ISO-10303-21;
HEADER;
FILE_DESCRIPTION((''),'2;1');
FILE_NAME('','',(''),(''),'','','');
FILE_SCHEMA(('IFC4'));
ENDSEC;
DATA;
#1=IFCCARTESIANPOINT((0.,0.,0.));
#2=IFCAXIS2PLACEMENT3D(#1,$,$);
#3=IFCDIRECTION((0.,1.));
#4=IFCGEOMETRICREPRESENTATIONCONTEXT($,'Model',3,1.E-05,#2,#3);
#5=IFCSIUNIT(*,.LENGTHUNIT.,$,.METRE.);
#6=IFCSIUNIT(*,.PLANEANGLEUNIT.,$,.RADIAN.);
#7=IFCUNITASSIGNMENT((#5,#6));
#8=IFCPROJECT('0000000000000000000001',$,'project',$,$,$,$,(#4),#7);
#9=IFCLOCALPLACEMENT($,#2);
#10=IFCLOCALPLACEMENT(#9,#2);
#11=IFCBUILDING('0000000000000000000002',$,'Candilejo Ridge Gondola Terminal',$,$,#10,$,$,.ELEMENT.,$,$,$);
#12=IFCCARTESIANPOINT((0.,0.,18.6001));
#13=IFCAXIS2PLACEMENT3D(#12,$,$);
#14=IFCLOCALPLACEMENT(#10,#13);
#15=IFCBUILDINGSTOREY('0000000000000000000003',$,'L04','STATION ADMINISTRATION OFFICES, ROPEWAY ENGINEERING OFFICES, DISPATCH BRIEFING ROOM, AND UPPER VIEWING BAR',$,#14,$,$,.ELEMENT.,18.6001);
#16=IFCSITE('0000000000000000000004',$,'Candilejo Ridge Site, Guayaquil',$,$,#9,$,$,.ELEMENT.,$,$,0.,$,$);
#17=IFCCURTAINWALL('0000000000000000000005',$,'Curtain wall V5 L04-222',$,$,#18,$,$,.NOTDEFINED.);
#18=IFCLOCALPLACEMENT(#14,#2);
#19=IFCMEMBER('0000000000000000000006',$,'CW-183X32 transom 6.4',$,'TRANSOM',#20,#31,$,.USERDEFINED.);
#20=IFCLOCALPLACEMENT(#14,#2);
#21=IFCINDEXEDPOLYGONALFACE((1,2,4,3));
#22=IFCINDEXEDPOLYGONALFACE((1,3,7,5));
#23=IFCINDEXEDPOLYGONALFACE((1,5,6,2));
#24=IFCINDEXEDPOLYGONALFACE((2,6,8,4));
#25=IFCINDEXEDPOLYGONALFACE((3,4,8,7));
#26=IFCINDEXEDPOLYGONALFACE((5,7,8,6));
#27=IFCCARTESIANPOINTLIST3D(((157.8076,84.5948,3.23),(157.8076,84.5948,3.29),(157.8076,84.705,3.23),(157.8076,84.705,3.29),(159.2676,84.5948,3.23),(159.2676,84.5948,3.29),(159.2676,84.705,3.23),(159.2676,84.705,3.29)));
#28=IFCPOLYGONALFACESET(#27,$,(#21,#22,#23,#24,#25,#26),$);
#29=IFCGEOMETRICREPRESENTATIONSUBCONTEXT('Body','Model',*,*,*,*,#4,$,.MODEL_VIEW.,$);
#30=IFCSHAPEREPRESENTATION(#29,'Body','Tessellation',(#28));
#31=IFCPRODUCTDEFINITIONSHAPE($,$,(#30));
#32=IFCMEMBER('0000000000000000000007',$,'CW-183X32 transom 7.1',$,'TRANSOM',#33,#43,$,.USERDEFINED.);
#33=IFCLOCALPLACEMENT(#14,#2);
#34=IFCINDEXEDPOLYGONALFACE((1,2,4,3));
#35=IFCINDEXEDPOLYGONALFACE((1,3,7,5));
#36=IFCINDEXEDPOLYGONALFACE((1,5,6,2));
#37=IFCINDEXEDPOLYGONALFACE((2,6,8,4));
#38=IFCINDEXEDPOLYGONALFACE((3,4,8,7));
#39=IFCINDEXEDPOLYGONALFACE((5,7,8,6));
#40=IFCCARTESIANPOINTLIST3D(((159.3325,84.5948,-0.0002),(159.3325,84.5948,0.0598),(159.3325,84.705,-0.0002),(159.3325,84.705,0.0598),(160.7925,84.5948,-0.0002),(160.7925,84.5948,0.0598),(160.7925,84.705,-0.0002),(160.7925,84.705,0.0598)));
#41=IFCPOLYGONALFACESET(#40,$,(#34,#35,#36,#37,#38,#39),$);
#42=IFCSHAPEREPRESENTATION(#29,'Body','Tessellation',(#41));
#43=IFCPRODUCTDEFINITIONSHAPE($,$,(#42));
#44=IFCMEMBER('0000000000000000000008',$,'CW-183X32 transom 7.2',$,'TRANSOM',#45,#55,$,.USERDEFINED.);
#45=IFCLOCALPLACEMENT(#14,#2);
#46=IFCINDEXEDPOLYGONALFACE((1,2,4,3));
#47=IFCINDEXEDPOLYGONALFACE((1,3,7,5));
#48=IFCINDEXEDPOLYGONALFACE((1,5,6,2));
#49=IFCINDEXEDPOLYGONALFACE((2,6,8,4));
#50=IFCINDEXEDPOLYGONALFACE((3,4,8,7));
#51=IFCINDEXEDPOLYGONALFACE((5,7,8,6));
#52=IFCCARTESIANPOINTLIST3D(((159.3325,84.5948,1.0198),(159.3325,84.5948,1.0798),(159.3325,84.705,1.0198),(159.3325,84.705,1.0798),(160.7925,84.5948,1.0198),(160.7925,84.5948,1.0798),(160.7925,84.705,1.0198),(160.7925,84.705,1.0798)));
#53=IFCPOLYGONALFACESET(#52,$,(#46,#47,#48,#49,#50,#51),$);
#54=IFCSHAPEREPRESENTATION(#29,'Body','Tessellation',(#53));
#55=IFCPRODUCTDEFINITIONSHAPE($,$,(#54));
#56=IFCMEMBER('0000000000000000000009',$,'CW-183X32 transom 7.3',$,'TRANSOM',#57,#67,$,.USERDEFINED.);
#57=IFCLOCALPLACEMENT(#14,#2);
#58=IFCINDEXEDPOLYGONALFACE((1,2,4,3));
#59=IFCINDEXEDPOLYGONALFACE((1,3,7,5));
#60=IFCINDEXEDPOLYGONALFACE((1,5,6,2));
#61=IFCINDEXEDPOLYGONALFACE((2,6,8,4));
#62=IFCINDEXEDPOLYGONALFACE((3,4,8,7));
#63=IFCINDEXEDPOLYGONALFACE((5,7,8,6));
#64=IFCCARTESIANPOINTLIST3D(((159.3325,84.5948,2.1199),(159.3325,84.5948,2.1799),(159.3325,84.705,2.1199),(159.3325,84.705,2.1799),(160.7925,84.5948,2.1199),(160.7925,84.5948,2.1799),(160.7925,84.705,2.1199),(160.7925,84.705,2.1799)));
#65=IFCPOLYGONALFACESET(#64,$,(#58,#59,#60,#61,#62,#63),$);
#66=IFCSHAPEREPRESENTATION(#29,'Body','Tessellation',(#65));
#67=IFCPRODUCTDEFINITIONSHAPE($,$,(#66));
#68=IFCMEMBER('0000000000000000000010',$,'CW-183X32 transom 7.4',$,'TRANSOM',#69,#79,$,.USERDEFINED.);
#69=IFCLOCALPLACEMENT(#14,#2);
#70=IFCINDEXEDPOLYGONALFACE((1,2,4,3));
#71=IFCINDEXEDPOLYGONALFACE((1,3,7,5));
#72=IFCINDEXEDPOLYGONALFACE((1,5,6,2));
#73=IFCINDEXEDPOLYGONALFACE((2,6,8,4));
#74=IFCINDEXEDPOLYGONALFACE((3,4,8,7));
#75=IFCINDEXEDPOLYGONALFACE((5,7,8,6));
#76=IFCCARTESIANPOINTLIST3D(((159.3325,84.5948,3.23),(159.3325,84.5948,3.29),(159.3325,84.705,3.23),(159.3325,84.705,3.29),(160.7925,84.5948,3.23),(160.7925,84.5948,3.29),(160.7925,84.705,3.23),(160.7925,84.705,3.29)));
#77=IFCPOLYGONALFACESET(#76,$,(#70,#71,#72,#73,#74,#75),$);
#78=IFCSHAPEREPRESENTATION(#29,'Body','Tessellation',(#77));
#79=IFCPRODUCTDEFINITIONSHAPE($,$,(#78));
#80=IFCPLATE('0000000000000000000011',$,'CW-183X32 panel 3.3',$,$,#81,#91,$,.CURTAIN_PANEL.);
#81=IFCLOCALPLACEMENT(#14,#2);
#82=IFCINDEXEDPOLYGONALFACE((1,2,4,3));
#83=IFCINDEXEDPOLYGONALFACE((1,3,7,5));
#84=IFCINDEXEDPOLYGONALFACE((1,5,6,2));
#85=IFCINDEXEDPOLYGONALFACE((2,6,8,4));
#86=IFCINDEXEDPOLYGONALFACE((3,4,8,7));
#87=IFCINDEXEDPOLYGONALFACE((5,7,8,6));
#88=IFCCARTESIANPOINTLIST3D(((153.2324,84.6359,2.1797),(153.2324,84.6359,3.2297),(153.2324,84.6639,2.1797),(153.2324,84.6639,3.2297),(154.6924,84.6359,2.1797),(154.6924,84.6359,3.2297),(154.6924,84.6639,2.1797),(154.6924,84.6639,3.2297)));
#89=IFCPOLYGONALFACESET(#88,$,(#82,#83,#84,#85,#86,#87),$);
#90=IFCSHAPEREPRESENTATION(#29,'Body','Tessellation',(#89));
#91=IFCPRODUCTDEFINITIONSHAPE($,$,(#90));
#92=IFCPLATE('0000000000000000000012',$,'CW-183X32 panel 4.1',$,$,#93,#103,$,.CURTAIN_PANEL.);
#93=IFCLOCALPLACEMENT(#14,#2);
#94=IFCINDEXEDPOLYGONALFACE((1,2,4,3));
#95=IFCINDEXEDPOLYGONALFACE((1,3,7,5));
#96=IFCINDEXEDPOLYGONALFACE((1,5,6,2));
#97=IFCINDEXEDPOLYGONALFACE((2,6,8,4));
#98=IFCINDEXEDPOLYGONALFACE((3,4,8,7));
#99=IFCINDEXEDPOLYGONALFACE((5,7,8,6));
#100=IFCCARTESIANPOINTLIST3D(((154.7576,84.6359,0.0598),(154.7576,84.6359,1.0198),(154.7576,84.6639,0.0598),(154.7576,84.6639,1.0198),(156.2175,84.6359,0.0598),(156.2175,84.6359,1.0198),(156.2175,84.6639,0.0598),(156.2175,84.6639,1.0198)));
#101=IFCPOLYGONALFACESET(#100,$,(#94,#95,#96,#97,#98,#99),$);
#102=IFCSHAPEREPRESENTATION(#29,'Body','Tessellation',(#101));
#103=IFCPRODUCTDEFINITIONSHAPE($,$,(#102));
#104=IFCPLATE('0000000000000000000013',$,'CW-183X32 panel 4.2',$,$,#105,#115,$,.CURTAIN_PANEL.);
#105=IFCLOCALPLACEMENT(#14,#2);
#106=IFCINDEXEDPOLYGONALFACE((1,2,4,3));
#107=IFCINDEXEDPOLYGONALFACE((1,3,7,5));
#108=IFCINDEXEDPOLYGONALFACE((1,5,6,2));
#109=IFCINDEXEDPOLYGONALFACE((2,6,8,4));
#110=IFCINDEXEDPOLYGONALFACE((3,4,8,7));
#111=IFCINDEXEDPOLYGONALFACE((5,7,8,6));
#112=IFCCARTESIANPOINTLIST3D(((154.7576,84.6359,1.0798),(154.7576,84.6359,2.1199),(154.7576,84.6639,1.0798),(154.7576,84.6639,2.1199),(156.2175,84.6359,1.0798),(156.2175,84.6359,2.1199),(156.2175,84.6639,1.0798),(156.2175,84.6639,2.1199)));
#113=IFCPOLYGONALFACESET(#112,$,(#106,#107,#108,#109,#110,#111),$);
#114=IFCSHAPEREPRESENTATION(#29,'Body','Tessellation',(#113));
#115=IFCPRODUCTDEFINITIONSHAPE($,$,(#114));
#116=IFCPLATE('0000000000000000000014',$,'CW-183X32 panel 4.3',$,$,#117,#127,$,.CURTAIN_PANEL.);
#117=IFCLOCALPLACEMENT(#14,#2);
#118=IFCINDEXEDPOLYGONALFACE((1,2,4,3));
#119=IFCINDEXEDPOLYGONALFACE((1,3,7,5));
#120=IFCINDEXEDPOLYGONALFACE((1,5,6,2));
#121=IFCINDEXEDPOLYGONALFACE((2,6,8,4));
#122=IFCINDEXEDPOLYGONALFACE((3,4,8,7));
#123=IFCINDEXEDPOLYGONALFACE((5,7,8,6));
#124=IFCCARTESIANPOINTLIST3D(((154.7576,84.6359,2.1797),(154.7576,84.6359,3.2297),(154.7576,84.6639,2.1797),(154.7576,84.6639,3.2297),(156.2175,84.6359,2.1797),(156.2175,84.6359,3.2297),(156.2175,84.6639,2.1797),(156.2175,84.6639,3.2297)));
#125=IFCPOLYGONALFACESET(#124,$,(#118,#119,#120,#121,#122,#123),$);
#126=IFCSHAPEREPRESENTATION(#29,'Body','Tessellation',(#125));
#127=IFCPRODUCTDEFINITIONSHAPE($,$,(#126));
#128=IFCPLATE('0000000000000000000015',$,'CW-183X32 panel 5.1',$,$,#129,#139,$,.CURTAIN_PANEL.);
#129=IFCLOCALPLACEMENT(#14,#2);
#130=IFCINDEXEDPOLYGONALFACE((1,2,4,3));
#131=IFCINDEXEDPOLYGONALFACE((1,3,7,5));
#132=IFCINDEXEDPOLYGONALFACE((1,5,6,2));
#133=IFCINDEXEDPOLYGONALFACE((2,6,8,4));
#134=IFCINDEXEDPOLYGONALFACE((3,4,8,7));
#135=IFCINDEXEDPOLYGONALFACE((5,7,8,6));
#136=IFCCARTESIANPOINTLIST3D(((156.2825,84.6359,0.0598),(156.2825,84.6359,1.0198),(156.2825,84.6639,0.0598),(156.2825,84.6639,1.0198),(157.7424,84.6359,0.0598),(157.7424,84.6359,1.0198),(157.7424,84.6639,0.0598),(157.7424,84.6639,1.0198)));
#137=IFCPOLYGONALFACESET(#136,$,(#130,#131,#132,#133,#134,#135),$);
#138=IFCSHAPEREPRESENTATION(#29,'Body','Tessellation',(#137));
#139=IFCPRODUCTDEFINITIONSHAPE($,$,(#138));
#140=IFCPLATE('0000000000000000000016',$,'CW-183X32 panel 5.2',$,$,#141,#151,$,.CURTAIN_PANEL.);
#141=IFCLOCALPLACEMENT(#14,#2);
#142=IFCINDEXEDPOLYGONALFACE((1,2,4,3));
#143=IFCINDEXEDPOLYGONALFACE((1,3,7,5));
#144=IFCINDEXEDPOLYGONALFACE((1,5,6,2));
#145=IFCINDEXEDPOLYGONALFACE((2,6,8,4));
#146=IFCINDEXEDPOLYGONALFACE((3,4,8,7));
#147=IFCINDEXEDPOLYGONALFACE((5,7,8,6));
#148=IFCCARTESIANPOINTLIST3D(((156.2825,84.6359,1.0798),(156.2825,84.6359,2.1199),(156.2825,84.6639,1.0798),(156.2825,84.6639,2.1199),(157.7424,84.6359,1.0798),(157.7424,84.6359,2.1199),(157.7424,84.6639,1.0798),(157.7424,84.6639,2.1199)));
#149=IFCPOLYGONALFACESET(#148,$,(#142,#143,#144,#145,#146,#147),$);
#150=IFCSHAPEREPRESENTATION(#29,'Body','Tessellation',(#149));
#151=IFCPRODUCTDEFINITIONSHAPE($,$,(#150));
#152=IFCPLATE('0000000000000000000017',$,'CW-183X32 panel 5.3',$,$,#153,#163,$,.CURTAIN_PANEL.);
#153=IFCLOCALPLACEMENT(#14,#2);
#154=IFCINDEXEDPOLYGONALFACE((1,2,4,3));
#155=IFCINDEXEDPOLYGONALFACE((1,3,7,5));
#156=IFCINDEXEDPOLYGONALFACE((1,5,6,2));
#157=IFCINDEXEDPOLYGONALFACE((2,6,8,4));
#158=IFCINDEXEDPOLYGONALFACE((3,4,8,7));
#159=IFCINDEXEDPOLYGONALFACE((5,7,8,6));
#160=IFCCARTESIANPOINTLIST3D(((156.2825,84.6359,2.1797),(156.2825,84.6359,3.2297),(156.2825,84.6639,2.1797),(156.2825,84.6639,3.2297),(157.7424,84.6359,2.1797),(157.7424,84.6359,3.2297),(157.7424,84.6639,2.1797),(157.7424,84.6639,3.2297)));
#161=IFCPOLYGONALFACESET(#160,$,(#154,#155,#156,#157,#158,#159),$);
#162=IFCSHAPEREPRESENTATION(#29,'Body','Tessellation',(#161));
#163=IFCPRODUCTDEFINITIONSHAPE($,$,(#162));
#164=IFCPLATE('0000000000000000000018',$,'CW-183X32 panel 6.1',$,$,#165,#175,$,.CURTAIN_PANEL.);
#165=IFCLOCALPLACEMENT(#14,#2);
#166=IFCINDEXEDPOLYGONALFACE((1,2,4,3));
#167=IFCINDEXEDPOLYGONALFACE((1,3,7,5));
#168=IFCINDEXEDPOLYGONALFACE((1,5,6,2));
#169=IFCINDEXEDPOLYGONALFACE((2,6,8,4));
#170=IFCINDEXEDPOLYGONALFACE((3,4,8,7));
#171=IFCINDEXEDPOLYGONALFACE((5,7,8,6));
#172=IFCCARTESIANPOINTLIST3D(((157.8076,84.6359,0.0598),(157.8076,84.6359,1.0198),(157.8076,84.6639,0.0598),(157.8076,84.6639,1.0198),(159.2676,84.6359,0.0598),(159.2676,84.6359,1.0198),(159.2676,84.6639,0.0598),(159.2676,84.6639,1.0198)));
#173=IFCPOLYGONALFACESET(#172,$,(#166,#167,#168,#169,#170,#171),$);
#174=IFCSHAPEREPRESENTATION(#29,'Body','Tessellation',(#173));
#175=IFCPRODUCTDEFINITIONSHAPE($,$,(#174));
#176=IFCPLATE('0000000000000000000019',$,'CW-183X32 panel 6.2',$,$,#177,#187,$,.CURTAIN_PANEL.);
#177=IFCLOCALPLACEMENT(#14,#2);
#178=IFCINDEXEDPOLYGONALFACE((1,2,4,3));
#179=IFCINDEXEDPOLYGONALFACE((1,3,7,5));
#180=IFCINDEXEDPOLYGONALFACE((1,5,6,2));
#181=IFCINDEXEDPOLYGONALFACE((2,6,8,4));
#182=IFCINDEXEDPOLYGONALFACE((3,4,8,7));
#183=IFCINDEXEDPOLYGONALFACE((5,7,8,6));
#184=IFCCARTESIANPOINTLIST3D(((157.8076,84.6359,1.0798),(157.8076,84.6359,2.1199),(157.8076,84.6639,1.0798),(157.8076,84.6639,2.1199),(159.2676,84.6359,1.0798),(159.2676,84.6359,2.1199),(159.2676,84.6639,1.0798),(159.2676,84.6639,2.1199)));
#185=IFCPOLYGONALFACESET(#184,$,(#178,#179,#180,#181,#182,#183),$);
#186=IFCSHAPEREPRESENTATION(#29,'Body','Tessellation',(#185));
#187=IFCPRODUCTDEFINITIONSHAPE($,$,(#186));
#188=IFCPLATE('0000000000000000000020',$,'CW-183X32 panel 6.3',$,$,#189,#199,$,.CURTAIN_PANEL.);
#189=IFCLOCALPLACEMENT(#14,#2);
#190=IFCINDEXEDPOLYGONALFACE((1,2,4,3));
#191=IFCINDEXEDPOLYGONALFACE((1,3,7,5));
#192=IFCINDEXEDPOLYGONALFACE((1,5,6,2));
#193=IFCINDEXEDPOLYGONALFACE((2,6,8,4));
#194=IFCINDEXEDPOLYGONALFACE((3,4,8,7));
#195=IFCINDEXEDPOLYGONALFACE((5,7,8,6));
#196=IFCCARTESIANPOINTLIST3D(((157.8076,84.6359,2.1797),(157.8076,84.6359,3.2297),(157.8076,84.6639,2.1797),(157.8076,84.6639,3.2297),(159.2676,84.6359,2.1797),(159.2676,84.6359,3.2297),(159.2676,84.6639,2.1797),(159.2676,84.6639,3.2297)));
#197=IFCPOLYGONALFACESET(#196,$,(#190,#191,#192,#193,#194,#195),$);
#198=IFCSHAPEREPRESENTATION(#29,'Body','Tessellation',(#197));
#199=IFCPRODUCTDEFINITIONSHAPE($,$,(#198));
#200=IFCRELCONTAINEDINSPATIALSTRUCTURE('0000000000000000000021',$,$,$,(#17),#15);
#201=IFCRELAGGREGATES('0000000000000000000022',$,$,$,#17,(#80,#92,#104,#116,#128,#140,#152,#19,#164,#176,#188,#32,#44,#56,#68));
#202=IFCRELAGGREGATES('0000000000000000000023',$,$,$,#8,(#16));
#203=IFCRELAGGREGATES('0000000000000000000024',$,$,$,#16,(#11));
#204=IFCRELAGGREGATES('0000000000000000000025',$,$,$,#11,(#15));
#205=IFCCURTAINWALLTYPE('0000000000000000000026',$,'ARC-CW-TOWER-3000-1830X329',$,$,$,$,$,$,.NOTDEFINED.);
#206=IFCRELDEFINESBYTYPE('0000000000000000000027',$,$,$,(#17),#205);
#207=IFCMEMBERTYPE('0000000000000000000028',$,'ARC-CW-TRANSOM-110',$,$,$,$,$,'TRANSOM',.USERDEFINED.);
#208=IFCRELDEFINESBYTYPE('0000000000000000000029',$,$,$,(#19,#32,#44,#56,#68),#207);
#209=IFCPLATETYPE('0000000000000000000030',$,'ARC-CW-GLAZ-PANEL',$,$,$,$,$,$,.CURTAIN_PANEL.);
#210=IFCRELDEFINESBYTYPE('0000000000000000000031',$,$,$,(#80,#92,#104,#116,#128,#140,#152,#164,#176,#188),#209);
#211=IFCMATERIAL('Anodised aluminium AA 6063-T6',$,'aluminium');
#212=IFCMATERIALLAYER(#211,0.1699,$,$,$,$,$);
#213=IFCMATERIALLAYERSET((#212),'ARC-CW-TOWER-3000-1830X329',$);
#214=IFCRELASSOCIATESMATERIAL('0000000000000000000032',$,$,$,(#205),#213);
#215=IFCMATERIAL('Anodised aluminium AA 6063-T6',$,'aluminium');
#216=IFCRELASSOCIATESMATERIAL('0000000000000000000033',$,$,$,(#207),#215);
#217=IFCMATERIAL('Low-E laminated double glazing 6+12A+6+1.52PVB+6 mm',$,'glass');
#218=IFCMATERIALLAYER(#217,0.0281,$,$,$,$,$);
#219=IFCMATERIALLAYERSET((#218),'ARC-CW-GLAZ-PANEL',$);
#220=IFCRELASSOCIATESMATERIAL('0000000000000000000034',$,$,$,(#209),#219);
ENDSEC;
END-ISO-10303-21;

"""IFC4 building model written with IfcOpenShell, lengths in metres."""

from ifc_helpers import new_model, si_unit, direction, frame, origin, origin_2d, place, context, subcontext, project, spatial, rectangle, extrude, material, layer, layer_set, material_profile, profile_set, type_object, element, aggregate, save


model = new_model("IFC4")

# Units and contexts
model_context = context("Model", 3, precision=1e-05, world=origin(), true_north=direction((0.0, 1.0)))
body_context = subcontext(model_context, "Body", "Model", "MODEL_VIEW")
ifc_project = project(units=[si_unit("LENGTHUNIT", "METRE"), si_unit("PLANEANGLEUNIT", "RADIAN")], contexts=[model_context])

# Site, building, storey
site_placement = place(None, origin())
site = spatial("IfcSite", under=ifc_project, at=site_placement, Name="Candilejo Ridge Site, Guayaquil", CompositionType="ELEMENT", RefElevation=0.0)
building_placement = place(site_placement, origin())
building = spatial("IfcBuilding", under=site, at=building_placement, Name="Candilejo Ridge Gondola Terminal", CompositionType="ELEMENT")
storey_placement = place(building_placement, frame((0.0, 0.0, 18.6001)))
storey = spatial("IfcBuildingStorey", under=building, at=storey_placement, Name="L04", Description="STATION ADMINISTRATION OFFICES, ROPEWAY ENGINEERING OFFICES, DISPATCH BRIEFING ROOM, AND UPPER VIEWING BAR", CompositionType="ELEMENT", Elevation=18.6001)

# Curtain wall, members, plates
ifc_material_1 = material(Name="Anodised aluminium AA 6063-T6", Category="aluminium")
ifc_layer_1 = layer(ifc_material_1, 0.1699)
ifc_layer_set_1 = layer_set([ifc_layer_1], Name="ARC-CW-TOWER-3000-1830X329")
curtain_wall_type = type_object("IfcCurtainWallType", Name="ARC-CW-TOWER-3000-1830X329", PredefinedType="NOTDEFINED", material=ifc_layer_set_1)
curtain_wall_placement = place(storey_placement, origin())
curtain_wall = element("IfcCurtainWall", 1, at=curtain_wall_placement, inside=storey, type_object=curtain_wall_type, Name="Curtain wall V5 L04-222", PredefinedType="NOTDEFINED")
ifc_material_2 = material(Name="Anodised aluminium AA 6063-T6", Category="aluminium")
ifc_material_profile_1 = material_profile(ifc_material_2, rectangle(XDim=0.1101, YDim=0.0601, at=origin_2d()))
ifc_profile_set_1 = profile_set([ifc_material_profile_1], Name="Anodised aluminium AA 6063-T6")
member_type_1 = type_object("IfcMemberType", Name="ARC-CW-TRANSOM-110", ElementType="TRANSOM", PredefinedType="USERDEFINED", material=ifc_profile_set_1)
member_1_placement = place(storey_placement, frame((157.8076, 84.6499, 3.26), z_axis=(1.0, 0.0, 0.0), x_axis=(0.0, 1.0, 0.0)))
member_1 = element("IfcMember", 2, at=member_1_placement, type_object=member_type_1, Name="CW-183X32 transom 6.4", ObjectType="TRANSOM", PredefinedType="USERDEFINED", context=body_context, shape_type="SweptSolid", body=[
    extrude(rectangle(XDim=0.1101, YDim=0.0601, at=origin_2d()), origin(), (0.0, 0.0, 1.0), 1.46),
])
member_2_placement = place(storey_placement, frame((159.3325, 84.6499, 0.0298), z_axis=(1.0, 0.0, 0.0), x_axis=(0.0, 1.0, 0.0)))
member_2 = element("IfcMember", 3, at=member_2_placement, type_object=member_type_1, Name="CW-183X32 transom 7.1", ObjectType="TRANSOM", PredefinedType="USERDEFINED", context=body_context, shape_type="SweptSolid", body=[
    extrude(rectangle(XDim=0.1101, YDim=0.0601, at=origin_2d()), origin(), (0.0, 0.0, 1.0), 1.46),
])
member_3_placement = place(storey_placement, frame((159.3325, 84.6499, 1.0498), z_axis=(1.0, 0.0, 0.0), x_axis=(0.0, 1.0, 0.0)))
member_3 = element("IfcMember", 4, at=member_3_placement, type_object=member_type_1, Name="CW-183X32 transom 7.2", ObjectType="TRANSOM", PredefinedType="USERDEFINED", context=body_context, shape_type="SweptSolid", body=[
    extrude(rectangle(XDim=0.1101, YDim=0.0601, at=origin_2d()), origin(), (0.0, 0.0, 1.0), 1.46),
])
member_4_placement = place(storey_placement, frame((159.3325, 84.6499, 2.1499), z_axis=(1.0, 0.0, 0.0), x_axis=(0.0, 1.0, 0.0)))
member_4 = element("IfcMember", 5, at=member_4_placement, type_object=member_type_1, Name="CW-183X32 transom 7.3", ObjectType="TRANSOM", PredefinedType="USERDEFINED", context=body_context, shape_type="SweptSolid", body=[
    extrude(rectangle(XDim=0.1101, YDim=0.0601, at=origin_2d()), origin(), (0.0, 0.0, 1.0), 1.46),
])
member_5_placement = place(storey_placement, frame((159.3325, 84.6499, 3.26), z_axis=(1.0, 0.0, 0.0), x_axis=(0.0, 1.0, 0.0)))
member_5 = element("IfcMember", 6, at=member_5_placement, type_object=member_type_1, Name="CW-183X32 transom 7.4", ObjectType="TRANSOM", PredefinedType="USERDEFINED", context=body_context, shape_type="SweptSolid", body=[
    extrude(rectangle(XDim=0.1101, YDim=0.0601, at=origin_2d()), origin(), (0.0, 0.0, 1.0), 1.46),
])
ifc_material_3 = material(Name="Low-E laminated double glazing 6+12A+6+1.52PVB+6 mm", Category="glass")
ifc_layer_2 = layer(ifc_material_3, 0.0281)
ifc_layer_set_2 = layer_set([ifc_layer_2], Name="ARC-CW-GLAZ-PANEL")
plate_type = type_object("IfcPlateType", Name="ARC-CW-GLAZ-PANEL", PredefinedType="CURTAIN_PANEL", material=ifc_layer_set_2)
plate_1_placement = place(storey_placement, frame((153.9624, 84.6499, 2.1797), z_axis=(0.0, 0.0, 1.0), x_axis=(1.0, 0.0, 0.0)))
plate_1 = element("IfcPlate", 7, at=plate_1_placement, type_object=plate_type, Name="CW-183X32 panel 3.3", PredefinedType="CURTAIN_PANEL", context=body_context, shape_type="SweptSolid", body=[
    extrude(rectangle(XDim=1.46, YDim=0.0281, at=origin_2d()), origin(), (0.0, 0.0, 1.0), 1.05),
])
plate_2_placement = place(storey_placement, frame((155.4875, 84.6499, 0.0598), z_axis=(0.0, 0.0, 1.0), x_axis=(1.0, 0.0, 0.0)))
plate_2 = element("IfcPlate", 8, at=plate_2_placement, type_object=plate_type, Name="CW-183X32 panel 4.1", PredefinedType="CURTAIN_PANEL", context=body_context, shape_type="SweptSolid", body=[
    extrude(rectangle(XDim=1.46, YDim=0.0281, at=origin_2d()), origin(), (0.0, 0.0, 1.0), 0.96),
])
plate_3_placement = place(storey_placement, frame((155.4875, 84.6499, 1.0798), z_axis=(0.0, 0.0, 1.0), x_axis=(1.0, 0.0, 0.0)))
plate_3 = element("IfcPlate", 9, at=plate_3_placement, type_object=plate_type, Name="CW-183X32 panel 4.2", PredefinedType="CURTAIN_PANEL", context=body_context, shape_type="SweptSolid", body=[
    extrude(rectangle(XDim=1.46, YDim=0.0281, at=origin_2d()), origin(), (0.0, 0.0, 1.0), 1.04),
])
plate_4_placement = place(storey_placement, frame((155.4875, 84.6499, 2.1797), z_axis=(0.0, 0.0, 1.0), x_axis=(1.0, 0.0, 0.0)))
plate_4 = element("IfcPlate", 10, at=plate_4_placement, type_object=plate_type, Name="CW-183X32 panel 4.3", PredefinedType="CURTAIN_PANEL", context=body_context, shape_type="SweptSolid", body=[
    extrude(rectangle(XDim=1.46, YDim=0.0281, at=origin_2d()), origin(), (0.0, 0.0, 1.0), 1.05),
])
plate_5_placement = place(storey_placement, frame((157.0125, 84.6499, 0.0598), z_axis=(0.0, 0.0, 1.0), x_axis=(1.0, 0.0, 0.0)))
plate_5 = element("IfcPlate", 11, at=plate_5_placement, type_object=plate_type, Name="CW-183X32 panel 5.1", PredefinedType="CURTAIN_PANEL", context=body_context, shape_type="SweptSolid", body=[
    extrude(rectangle(XDim=1.46, YDim=0.0281, at=origin_2d()), origin(), (0.0, 0.0, 1.0), 0.96),
])
plate_6_placement = place(storey_placement, frame((157.0125, 84.6499, 1.0798), z_axis=(0.0, 0.0, 1.0), x_axis=(1.0, 0.0, 0.0)))
plate_6 = element("IfcPlate", 12, at=plate_6_placement, type_object=plate_type, Name="CW-183X32 panel 5.2", PredefinedType="CURTAIN_PANEL", context=body_context, shape_type="SweptSolid", body=[
    extrude(rectangle(XDim=1.46, YDim=0.0281, at=origin_2d()), origin(), (0.0, 0.0, 1.0), 1.04),
])
plate_7_placement = place(storey_placement, frame((157.0125, 84.6499, 2.1797), z_axis=(0.0, 0.0, 1.0), x_axis=(1.0, 0.0, 0.0)))
plate_7 = element("IfcPlate", 13, at=plate_7_placement, type_object=plate_type, Name="CW-183X32 panel 5.3", PredefinedType="CURTAIN_PANEL", context=body_context, shape_type="SweptSolid", body=[
    extrude(rectangle(XDim=1.46, YDim=0.0281, at=origin_2d()), origin(), (0.0, 0.0, 1.0), 1.05),
])
plate_8_placement = place(storey_placement, frame((158.5376, 84.6499, 0.0598), z_axis=(0.0, 0.0, 1.0), x_axis=(1.0, 0.0, 0.0)))
plate_8 = element("IfcPlate", 14, at=plate_8_placement, type_object=plate_type, Name="CW-183X32 panel 6.1", PredefinedType="CURTAIN_PANEL", context=body_context, shape_type="SweptSolid", body=[
    extrude(rectangle(XDim=1.46, YDim=0.0281, at=origin_2d()), origin(), (0.0, 0.0, 1.0), 0.96),
])
plate_9_placement = place(storey_placement, frame((158.5376, 84.6499, 1.0798), z_axis=(0.0, 0.0, 1.0), x_axis=(1.0, 0.0, 0.0)))
plate_9 = element("IfcPlate", 15, at=plate_9_placement, type_object=plate_type, Name="CW-183X32 panel 6.2", PredefinedType="CURTAIN_PANEL", context=body_context, shape_type="SweptSolid", body=[
    extrude(rectangle(XDim=1.46, YDim=0.0281, at=origin_2d()), origin(), (0.0, 0.0, 1.0), 1.04),
])
plate_10_placement = place(storey_placement, frame((158.5376, 84.6499, 2.1797), z_axis=(0.0, 0.0, 1.0), x_axis=(1.0, 0.0, 0.0)))
plate_10 = element("IfcPlate", 16, at=plate_10_placement, type_object=plate_type, Name="CW-183X32 panel 6.3", PredefinedType="CURTAIN_PANEL", context=body_context, shape_type="SweptSolid", body=[
    extrude(rectangle(XDim=1.46, YDim=0.0281, at=origin_2d()), origin(), (0.0, 0.0, 1.0), 1.05),
])
aggregate(curtain_wall, [plate_1, plate_2, plate_3, plate_4, plate_5, plate_6, plate_7, member_1, plate_8, plate_9, plate_10, member_2, member_3, member_4, member_5])

save(model, "model.ifc")
